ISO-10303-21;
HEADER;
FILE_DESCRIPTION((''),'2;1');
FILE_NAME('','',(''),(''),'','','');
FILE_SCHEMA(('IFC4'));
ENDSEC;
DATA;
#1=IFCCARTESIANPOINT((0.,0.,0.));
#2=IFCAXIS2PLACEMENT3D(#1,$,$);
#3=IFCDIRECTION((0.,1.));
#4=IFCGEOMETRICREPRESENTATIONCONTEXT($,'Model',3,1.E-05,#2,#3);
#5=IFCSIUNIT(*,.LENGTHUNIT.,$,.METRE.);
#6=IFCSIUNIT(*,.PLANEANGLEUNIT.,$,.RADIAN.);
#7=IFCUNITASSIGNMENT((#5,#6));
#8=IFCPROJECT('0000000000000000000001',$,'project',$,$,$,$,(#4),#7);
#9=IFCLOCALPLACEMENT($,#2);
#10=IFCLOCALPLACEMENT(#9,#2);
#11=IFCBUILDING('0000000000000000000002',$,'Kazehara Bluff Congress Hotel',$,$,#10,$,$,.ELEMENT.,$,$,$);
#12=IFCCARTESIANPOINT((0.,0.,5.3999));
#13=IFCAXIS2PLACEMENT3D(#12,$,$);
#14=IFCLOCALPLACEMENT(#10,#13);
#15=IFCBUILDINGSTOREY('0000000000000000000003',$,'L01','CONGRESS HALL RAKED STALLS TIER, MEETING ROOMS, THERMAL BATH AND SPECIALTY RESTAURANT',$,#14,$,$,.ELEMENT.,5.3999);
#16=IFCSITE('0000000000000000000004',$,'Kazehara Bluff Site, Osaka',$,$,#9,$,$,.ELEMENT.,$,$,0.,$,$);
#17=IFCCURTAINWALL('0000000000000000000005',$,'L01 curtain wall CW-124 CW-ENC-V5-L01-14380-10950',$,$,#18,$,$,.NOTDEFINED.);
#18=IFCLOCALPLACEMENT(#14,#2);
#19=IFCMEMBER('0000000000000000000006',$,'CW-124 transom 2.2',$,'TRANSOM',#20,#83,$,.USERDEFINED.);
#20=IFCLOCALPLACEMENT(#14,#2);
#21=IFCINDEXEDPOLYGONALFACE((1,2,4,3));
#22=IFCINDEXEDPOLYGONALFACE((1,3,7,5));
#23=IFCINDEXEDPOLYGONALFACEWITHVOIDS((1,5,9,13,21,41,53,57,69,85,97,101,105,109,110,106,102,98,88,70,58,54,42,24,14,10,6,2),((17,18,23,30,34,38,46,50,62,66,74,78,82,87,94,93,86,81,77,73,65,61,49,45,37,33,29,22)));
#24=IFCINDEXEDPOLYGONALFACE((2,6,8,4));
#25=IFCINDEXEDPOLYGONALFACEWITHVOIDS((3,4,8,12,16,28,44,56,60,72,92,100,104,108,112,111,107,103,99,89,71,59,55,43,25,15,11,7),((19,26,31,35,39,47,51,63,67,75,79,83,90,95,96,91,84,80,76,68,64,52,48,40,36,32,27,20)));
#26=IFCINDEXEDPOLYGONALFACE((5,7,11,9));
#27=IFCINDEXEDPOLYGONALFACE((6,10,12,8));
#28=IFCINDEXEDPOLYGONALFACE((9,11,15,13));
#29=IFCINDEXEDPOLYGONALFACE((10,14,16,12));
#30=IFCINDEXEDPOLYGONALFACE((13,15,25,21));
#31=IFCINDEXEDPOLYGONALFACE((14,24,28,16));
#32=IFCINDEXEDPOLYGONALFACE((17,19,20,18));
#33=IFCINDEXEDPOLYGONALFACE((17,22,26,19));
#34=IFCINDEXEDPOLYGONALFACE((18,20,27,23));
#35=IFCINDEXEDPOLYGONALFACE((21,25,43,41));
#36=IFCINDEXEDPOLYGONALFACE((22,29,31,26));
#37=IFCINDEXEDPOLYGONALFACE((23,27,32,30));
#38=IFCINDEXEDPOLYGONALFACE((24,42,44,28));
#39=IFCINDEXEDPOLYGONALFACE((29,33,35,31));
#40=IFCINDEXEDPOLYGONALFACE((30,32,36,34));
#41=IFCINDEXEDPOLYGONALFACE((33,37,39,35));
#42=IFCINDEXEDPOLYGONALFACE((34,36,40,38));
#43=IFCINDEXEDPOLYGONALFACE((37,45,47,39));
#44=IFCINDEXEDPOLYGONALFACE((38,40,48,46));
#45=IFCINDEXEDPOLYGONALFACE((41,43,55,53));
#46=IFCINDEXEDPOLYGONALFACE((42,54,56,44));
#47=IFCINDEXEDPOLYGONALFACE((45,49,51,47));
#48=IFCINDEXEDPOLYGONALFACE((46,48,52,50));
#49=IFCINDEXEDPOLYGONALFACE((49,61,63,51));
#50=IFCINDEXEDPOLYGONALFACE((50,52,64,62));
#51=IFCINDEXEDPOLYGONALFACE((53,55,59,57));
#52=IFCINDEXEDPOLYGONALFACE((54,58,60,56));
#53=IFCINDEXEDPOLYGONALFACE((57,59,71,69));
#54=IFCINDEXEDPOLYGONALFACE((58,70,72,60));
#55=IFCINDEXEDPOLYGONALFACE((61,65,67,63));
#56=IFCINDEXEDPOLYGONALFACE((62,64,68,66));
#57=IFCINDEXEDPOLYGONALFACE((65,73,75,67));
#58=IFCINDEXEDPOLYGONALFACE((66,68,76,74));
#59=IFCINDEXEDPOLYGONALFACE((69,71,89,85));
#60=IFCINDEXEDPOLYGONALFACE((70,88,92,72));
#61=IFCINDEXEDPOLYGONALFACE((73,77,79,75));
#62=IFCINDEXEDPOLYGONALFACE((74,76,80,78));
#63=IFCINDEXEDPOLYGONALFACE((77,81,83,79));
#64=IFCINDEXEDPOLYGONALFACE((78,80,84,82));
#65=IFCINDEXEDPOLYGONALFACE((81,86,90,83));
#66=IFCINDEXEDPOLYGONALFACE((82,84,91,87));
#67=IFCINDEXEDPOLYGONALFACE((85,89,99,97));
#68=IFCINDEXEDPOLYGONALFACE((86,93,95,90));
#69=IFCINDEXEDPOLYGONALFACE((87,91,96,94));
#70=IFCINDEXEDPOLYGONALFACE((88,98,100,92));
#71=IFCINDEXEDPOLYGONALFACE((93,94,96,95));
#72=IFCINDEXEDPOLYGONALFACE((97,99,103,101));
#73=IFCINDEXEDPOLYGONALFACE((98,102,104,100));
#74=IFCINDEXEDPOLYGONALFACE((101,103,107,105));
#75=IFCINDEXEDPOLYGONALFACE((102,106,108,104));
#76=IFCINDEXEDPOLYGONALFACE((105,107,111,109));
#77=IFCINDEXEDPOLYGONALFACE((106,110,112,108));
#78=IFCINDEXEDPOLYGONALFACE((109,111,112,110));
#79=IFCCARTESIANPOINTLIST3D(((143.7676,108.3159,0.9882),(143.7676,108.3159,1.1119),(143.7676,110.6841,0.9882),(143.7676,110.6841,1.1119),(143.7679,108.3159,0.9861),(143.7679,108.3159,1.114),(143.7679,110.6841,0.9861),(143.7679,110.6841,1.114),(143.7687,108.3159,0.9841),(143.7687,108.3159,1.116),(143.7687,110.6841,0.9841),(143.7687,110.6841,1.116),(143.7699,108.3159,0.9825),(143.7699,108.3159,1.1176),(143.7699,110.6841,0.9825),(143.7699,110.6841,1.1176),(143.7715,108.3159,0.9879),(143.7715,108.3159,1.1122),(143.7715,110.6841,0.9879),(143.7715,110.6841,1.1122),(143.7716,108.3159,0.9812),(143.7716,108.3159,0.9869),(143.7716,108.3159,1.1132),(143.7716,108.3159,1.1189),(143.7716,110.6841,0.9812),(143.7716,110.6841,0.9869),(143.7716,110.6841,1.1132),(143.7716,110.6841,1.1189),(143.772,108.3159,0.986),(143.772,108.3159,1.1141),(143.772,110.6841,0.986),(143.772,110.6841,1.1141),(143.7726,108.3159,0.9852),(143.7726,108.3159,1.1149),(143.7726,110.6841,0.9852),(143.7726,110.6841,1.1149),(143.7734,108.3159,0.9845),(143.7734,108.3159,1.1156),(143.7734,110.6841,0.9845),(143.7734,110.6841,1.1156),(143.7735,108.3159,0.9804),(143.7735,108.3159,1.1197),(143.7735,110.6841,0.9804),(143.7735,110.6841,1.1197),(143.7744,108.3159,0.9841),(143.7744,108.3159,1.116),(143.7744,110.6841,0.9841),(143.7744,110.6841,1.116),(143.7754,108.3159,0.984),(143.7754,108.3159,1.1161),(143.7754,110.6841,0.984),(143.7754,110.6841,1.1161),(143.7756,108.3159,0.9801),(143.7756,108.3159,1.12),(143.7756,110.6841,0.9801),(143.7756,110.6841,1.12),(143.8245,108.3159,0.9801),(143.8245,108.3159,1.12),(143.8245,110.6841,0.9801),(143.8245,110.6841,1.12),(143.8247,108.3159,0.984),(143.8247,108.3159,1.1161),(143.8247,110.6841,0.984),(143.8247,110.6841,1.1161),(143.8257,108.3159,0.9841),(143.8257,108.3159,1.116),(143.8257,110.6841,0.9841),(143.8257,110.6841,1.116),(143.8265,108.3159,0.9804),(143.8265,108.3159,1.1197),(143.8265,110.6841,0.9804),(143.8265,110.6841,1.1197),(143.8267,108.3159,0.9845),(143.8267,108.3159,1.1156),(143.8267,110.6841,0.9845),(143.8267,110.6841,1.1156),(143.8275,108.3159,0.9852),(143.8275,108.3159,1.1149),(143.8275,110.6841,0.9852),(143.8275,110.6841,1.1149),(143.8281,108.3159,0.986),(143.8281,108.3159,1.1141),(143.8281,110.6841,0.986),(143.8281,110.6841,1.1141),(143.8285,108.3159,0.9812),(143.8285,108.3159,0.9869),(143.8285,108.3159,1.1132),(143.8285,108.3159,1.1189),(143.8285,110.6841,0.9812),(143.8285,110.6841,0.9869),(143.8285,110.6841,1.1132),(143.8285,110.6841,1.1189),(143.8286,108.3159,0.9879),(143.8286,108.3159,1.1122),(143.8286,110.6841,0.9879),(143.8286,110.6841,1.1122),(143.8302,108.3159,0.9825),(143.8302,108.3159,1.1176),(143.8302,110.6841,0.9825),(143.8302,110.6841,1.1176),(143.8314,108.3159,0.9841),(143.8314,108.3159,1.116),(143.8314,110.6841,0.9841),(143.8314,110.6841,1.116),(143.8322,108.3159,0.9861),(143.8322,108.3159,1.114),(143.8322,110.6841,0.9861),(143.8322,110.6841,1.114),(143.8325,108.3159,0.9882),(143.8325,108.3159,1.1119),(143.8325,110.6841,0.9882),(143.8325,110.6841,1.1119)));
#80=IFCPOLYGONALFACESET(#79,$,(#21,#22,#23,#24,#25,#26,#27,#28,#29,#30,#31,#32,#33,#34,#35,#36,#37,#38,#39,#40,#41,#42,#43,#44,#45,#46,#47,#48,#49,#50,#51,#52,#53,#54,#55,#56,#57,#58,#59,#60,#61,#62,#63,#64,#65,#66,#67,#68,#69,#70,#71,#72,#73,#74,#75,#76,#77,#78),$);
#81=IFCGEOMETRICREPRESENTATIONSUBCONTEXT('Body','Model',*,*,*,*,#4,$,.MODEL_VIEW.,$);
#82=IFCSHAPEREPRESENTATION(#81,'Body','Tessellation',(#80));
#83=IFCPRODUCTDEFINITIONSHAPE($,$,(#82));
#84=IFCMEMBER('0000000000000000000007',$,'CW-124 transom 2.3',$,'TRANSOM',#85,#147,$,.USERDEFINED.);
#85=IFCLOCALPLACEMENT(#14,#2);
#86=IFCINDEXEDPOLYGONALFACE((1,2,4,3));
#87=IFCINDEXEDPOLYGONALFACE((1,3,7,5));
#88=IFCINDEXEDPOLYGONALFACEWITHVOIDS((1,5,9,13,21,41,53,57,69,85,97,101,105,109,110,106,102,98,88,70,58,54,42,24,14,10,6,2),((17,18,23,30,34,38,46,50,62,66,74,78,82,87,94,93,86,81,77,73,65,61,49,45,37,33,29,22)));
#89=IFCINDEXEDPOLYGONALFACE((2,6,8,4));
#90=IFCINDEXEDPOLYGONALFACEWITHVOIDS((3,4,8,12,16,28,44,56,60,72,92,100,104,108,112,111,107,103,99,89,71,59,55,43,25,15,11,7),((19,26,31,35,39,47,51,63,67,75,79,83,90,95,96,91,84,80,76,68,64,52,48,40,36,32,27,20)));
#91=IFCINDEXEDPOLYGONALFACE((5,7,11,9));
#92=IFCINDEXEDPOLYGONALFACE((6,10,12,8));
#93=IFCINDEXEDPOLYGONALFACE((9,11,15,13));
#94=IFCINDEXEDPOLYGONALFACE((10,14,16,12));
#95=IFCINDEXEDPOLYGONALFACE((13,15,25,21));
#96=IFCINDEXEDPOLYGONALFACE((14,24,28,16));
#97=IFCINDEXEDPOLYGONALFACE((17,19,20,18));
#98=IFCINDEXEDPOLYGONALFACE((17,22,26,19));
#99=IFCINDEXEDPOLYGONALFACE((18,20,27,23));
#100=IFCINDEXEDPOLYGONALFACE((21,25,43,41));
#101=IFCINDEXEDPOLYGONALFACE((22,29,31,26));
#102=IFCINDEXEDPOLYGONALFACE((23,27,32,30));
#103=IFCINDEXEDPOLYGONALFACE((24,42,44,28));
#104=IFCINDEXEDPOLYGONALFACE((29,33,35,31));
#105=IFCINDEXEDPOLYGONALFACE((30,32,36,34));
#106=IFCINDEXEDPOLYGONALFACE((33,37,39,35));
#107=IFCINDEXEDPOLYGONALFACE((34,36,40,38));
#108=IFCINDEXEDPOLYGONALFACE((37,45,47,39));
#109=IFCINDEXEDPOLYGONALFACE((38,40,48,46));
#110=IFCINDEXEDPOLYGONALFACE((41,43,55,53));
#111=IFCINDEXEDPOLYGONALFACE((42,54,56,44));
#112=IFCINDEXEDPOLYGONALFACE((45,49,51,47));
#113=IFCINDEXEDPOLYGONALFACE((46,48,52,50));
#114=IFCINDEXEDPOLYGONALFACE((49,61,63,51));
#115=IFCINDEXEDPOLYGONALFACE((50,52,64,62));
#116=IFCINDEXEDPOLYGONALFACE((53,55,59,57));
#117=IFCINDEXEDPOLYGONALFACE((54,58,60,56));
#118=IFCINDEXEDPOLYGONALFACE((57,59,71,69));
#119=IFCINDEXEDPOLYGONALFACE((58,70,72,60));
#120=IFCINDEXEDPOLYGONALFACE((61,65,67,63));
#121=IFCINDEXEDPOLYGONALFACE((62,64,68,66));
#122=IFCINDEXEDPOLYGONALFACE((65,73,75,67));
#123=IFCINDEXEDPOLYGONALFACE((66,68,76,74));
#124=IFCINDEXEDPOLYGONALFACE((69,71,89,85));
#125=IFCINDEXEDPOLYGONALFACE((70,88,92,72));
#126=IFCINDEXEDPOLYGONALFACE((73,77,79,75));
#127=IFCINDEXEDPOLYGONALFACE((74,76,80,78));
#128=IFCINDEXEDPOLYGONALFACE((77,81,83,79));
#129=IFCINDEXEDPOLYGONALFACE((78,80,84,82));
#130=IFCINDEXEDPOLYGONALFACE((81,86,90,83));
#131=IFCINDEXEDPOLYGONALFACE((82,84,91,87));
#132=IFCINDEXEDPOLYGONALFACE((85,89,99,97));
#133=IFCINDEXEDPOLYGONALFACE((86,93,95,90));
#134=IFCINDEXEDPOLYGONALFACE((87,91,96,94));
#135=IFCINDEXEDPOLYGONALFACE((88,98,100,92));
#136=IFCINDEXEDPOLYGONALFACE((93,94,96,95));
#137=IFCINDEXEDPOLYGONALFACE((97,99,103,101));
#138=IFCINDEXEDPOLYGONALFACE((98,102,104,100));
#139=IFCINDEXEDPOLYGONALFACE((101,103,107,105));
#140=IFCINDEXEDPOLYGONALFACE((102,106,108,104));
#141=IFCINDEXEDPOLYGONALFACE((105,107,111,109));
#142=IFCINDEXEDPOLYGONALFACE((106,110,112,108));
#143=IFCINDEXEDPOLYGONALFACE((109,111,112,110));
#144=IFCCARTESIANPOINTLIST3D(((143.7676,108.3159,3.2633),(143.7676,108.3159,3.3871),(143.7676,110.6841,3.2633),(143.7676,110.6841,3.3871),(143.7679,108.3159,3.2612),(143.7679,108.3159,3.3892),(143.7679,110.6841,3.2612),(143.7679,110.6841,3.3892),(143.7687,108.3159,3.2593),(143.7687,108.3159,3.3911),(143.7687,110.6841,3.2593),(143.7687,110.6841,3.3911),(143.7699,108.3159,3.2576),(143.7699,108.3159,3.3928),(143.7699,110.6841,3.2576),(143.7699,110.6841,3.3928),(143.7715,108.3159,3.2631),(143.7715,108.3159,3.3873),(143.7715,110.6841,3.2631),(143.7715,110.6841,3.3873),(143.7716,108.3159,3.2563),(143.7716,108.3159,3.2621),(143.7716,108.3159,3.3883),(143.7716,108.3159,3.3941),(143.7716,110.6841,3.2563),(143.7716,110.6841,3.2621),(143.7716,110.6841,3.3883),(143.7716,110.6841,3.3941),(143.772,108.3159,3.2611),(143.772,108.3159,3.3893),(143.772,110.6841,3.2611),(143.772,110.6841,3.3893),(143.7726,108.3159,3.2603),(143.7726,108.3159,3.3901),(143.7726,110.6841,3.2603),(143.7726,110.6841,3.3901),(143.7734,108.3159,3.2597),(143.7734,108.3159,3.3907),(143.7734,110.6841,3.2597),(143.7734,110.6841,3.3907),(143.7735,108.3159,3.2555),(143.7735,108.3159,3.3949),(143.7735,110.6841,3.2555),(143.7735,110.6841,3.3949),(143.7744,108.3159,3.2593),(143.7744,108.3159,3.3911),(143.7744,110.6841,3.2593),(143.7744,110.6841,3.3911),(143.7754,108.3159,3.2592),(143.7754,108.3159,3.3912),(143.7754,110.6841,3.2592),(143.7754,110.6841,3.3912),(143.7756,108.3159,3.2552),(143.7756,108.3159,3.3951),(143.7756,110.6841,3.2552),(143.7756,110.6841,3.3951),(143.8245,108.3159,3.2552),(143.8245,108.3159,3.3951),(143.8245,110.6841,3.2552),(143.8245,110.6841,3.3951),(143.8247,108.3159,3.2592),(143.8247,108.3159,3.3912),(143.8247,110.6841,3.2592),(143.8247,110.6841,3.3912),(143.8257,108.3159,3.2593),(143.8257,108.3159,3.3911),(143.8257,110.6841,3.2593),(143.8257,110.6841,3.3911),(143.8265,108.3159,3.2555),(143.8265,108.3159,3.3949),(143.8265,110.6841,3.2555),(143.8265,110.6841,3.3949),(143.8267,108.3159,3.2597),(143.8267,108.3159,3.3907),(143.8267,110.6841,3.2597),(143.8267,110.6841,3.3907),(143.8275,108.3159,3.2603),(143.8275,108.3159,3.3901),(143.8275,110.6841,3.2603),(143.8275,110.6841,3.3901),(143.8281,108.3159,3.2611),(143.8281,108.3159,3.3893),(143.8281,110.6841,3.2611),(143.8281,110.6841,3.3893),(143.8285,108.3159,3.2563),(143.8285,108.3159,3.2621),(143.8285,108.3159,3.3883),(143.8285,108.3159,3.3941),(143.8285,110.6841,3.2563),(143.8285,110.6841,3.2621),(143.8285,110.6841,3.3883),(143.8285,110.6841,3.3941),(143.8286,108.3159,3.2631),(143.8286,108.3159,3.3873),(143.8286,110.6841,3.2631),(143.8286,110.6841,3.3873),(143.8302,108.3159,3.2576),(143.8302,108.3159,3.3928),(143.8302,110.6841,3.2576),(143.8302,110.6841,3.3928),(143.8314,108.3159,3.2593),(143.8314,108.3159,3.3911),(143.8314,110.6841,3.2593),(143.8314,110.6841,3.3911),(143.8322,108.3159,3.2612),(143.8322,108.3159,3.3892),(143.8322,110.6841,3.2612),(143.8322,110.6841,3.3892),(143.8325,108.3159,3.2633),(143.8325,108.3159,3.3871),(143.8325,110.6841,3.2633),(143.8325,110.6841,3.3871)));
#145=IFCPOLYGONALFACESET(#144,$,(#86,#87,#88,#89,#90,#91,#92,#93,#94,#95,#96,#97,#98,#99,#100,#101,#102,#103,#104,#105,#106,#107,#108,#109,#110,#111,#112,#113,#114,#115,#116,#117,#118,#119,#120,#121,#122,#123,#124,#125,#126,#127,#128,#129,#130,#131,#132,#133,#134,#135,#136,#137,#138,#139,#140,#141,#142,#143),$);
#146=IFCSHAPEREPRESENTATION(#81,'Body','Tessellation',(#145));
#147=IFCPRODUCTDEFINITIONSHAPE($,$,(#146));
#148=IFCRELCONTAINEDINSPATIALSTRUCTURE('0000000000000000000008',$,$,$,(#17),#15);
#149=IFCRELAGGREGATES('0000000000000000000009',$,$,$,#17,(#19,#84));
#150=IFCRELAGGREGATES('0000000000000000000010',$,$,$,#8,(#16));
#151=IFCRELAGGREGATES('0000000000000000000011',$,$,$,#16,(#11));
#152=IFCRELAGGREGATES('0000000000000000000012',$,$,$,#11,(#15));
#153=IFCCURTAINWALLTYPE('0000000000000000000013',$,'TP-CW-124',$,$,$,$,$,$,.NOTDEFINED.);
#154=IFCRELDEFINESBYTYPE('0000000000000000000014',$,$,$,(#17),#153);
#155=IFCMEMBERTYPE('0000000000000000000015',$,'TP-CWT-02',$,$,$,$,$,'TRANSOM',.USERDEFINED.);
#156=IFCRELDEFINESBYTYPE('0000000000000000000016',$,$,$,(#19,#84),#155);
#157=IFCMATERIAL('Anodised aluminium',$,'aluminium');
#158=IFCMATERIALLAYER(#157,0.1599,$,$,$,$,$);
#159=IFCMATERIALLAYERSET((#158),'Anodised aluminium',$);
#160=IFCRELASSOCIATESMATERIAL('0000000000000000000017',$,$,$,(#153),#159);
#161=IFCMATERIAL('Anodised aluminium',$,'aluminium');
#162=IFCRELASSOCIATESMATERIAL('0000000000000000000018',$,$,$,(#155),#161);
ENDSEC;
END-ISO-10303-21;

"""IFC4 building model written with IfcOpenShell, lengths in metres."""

from ifc_helpers import new_model, si_unit, direction, frame, origin, origin_2d, place, context, subcontext, project, spatial, hollow_rectangle, extrude, material, layer, layer_set, material_profile, profile_set, type_object, element, aggregate, save


model = new_model("IFC4")

# Units and contexts
model_context = context("Model", 3, precision=1e-05, world=origin(), true_north=direction((0.0, 1.0)))
body_context = subcontext(model_context, "Body", "Model", "MODEL_VIEW")
ifc_project = project(units=[si_unit("LENGTHUNIT", "METRE"), si_unit("PLANEANGLEUNIT", "RADIAN")], contexts=[model_context])

# Site, building, storey
site_placement = place(None, origin())
site = spatial("IfcSite", under=ifc_project, at=site_placement, Name="Kazehara Bluff Site, Osaka", CompositionType="ELEMENT", RefElevation=0.0)
building_placement = place(site_placement, origin())
building = spatial("IfcBuilding", under=site, at=building_placement, Name="Kazehara Bluff Congress Hotel", CompositionType="ELEMENT")
storey_placement = place(building_placement, frame((0.0, 0.0, 5.3999)))
storey = spatial("IfcBuildingStorey", under=building, at=storey_placement, Name="L01", Description="CONGRESS HALL RAKED STALLS TIER, MEETING ROOMS, THERMAL BATH AND SPECIALTY RESTAURANT", CompositionType="ELEMENT", Elevation=5.3999)

# Curtain wall
ifc_material_1 = material(Name="Anodised aluminium", Category="aluminium")
ifc_layer_1 = layer(ifc_material_1, 0.1599)
ifc_layer_set_1 = layer_set([ifc_layer_1], Name="Anodised aluminium")
curtain_wall_type_1 = type_object("IfcCurtainWallType", Name="TP-CW-124", PredefinedType="NOTDEFINED", material=ifc_layer_set_1)
curtain_wall_1_placement = place(storey_placement, origin())
curtain_wall_1 = element("IfcCurtainWall", 1, at=curtain_wall_1_placement, inside=storey, type_object=curtain_wall_type_1, Name="L01 curtain wall CW-124 CW-ENC-V5-L01-14380-10950", PredefinedType="NOTDEFINED")

# Members
ifc_material_2 = material(Name="Anodised aluminium", Category="aluminium")
ifc_material_profile_1 = material_profile(ifc_material_2, hollow_rectangle(XDim=0.0649, YDim=0.1399, WallThickness=0.0039, InnerFilletRadius=0.0039, OuterFilletRadius=0.0081, at=origin_2d()))
ifc_profile_set_1 = profile_set([ifc_material_profile_1], Name="Anodised aluminium")
member_type_1 = type_object("IfcMemberType", Name="TP-CWT-02", ElementType="TRANSOM", PredefinedType="USERDEFINED", material=ifc_profile_set_1)
member_1_placement = place(storey_placement, frame((143.8, 108.3159, 1.05), z_axis=(0.0, 1.0, 0.0), x_axis=(-1.0, 0.0, 0.0)))
member_1 = element("IfcMember", 2, at=member_1_placement, type_object=member_type_1, Name="CW-124 transom 2.2", ObjectType="TRANSOM", PredefinedType="USERDEFINED", context=body_context, shape_type="SweptSolid", body=[
    extrude(hollow_rectangle(XDim=0.0649, YDim=0.1399, WallThickness=0.0039, InnerFilletRadius=0.0039, OuterFilletRadius=0.0081, at=origin_2d()), origin(), (0.0, 0.0, 1.0), 2.3682),
])
member_2_placement = place(storey_placement, frame((143.8, 108.3159, 3.3252), z_axis=(0.0, 1.0, 0.0), x_axis=(-1.0, 0.0, 0.0)))
member_2 = element("IfcMember", 3, at=member_2_placement, type_object=member_type_1, Name="CW-124 transom 2.3", ObjectType="TRANSOM", PredefinedType="USERDEFINED", context=body_context, shape_type="SweptSolid", body=[
    extrude(hollow_rectangle(XDim=0.0649, YDim=0.1399, WallThickness=0.0039, InnerFilletRadius=0.0039, OuterFilletRadius=0.0081, at=origin_2d()), origin(), (0.0, 0.0, 1.0), 2.3682),
])

aggregate(curtain_wall_1, [member_1, member_2])

save(model, "model.ifc")
